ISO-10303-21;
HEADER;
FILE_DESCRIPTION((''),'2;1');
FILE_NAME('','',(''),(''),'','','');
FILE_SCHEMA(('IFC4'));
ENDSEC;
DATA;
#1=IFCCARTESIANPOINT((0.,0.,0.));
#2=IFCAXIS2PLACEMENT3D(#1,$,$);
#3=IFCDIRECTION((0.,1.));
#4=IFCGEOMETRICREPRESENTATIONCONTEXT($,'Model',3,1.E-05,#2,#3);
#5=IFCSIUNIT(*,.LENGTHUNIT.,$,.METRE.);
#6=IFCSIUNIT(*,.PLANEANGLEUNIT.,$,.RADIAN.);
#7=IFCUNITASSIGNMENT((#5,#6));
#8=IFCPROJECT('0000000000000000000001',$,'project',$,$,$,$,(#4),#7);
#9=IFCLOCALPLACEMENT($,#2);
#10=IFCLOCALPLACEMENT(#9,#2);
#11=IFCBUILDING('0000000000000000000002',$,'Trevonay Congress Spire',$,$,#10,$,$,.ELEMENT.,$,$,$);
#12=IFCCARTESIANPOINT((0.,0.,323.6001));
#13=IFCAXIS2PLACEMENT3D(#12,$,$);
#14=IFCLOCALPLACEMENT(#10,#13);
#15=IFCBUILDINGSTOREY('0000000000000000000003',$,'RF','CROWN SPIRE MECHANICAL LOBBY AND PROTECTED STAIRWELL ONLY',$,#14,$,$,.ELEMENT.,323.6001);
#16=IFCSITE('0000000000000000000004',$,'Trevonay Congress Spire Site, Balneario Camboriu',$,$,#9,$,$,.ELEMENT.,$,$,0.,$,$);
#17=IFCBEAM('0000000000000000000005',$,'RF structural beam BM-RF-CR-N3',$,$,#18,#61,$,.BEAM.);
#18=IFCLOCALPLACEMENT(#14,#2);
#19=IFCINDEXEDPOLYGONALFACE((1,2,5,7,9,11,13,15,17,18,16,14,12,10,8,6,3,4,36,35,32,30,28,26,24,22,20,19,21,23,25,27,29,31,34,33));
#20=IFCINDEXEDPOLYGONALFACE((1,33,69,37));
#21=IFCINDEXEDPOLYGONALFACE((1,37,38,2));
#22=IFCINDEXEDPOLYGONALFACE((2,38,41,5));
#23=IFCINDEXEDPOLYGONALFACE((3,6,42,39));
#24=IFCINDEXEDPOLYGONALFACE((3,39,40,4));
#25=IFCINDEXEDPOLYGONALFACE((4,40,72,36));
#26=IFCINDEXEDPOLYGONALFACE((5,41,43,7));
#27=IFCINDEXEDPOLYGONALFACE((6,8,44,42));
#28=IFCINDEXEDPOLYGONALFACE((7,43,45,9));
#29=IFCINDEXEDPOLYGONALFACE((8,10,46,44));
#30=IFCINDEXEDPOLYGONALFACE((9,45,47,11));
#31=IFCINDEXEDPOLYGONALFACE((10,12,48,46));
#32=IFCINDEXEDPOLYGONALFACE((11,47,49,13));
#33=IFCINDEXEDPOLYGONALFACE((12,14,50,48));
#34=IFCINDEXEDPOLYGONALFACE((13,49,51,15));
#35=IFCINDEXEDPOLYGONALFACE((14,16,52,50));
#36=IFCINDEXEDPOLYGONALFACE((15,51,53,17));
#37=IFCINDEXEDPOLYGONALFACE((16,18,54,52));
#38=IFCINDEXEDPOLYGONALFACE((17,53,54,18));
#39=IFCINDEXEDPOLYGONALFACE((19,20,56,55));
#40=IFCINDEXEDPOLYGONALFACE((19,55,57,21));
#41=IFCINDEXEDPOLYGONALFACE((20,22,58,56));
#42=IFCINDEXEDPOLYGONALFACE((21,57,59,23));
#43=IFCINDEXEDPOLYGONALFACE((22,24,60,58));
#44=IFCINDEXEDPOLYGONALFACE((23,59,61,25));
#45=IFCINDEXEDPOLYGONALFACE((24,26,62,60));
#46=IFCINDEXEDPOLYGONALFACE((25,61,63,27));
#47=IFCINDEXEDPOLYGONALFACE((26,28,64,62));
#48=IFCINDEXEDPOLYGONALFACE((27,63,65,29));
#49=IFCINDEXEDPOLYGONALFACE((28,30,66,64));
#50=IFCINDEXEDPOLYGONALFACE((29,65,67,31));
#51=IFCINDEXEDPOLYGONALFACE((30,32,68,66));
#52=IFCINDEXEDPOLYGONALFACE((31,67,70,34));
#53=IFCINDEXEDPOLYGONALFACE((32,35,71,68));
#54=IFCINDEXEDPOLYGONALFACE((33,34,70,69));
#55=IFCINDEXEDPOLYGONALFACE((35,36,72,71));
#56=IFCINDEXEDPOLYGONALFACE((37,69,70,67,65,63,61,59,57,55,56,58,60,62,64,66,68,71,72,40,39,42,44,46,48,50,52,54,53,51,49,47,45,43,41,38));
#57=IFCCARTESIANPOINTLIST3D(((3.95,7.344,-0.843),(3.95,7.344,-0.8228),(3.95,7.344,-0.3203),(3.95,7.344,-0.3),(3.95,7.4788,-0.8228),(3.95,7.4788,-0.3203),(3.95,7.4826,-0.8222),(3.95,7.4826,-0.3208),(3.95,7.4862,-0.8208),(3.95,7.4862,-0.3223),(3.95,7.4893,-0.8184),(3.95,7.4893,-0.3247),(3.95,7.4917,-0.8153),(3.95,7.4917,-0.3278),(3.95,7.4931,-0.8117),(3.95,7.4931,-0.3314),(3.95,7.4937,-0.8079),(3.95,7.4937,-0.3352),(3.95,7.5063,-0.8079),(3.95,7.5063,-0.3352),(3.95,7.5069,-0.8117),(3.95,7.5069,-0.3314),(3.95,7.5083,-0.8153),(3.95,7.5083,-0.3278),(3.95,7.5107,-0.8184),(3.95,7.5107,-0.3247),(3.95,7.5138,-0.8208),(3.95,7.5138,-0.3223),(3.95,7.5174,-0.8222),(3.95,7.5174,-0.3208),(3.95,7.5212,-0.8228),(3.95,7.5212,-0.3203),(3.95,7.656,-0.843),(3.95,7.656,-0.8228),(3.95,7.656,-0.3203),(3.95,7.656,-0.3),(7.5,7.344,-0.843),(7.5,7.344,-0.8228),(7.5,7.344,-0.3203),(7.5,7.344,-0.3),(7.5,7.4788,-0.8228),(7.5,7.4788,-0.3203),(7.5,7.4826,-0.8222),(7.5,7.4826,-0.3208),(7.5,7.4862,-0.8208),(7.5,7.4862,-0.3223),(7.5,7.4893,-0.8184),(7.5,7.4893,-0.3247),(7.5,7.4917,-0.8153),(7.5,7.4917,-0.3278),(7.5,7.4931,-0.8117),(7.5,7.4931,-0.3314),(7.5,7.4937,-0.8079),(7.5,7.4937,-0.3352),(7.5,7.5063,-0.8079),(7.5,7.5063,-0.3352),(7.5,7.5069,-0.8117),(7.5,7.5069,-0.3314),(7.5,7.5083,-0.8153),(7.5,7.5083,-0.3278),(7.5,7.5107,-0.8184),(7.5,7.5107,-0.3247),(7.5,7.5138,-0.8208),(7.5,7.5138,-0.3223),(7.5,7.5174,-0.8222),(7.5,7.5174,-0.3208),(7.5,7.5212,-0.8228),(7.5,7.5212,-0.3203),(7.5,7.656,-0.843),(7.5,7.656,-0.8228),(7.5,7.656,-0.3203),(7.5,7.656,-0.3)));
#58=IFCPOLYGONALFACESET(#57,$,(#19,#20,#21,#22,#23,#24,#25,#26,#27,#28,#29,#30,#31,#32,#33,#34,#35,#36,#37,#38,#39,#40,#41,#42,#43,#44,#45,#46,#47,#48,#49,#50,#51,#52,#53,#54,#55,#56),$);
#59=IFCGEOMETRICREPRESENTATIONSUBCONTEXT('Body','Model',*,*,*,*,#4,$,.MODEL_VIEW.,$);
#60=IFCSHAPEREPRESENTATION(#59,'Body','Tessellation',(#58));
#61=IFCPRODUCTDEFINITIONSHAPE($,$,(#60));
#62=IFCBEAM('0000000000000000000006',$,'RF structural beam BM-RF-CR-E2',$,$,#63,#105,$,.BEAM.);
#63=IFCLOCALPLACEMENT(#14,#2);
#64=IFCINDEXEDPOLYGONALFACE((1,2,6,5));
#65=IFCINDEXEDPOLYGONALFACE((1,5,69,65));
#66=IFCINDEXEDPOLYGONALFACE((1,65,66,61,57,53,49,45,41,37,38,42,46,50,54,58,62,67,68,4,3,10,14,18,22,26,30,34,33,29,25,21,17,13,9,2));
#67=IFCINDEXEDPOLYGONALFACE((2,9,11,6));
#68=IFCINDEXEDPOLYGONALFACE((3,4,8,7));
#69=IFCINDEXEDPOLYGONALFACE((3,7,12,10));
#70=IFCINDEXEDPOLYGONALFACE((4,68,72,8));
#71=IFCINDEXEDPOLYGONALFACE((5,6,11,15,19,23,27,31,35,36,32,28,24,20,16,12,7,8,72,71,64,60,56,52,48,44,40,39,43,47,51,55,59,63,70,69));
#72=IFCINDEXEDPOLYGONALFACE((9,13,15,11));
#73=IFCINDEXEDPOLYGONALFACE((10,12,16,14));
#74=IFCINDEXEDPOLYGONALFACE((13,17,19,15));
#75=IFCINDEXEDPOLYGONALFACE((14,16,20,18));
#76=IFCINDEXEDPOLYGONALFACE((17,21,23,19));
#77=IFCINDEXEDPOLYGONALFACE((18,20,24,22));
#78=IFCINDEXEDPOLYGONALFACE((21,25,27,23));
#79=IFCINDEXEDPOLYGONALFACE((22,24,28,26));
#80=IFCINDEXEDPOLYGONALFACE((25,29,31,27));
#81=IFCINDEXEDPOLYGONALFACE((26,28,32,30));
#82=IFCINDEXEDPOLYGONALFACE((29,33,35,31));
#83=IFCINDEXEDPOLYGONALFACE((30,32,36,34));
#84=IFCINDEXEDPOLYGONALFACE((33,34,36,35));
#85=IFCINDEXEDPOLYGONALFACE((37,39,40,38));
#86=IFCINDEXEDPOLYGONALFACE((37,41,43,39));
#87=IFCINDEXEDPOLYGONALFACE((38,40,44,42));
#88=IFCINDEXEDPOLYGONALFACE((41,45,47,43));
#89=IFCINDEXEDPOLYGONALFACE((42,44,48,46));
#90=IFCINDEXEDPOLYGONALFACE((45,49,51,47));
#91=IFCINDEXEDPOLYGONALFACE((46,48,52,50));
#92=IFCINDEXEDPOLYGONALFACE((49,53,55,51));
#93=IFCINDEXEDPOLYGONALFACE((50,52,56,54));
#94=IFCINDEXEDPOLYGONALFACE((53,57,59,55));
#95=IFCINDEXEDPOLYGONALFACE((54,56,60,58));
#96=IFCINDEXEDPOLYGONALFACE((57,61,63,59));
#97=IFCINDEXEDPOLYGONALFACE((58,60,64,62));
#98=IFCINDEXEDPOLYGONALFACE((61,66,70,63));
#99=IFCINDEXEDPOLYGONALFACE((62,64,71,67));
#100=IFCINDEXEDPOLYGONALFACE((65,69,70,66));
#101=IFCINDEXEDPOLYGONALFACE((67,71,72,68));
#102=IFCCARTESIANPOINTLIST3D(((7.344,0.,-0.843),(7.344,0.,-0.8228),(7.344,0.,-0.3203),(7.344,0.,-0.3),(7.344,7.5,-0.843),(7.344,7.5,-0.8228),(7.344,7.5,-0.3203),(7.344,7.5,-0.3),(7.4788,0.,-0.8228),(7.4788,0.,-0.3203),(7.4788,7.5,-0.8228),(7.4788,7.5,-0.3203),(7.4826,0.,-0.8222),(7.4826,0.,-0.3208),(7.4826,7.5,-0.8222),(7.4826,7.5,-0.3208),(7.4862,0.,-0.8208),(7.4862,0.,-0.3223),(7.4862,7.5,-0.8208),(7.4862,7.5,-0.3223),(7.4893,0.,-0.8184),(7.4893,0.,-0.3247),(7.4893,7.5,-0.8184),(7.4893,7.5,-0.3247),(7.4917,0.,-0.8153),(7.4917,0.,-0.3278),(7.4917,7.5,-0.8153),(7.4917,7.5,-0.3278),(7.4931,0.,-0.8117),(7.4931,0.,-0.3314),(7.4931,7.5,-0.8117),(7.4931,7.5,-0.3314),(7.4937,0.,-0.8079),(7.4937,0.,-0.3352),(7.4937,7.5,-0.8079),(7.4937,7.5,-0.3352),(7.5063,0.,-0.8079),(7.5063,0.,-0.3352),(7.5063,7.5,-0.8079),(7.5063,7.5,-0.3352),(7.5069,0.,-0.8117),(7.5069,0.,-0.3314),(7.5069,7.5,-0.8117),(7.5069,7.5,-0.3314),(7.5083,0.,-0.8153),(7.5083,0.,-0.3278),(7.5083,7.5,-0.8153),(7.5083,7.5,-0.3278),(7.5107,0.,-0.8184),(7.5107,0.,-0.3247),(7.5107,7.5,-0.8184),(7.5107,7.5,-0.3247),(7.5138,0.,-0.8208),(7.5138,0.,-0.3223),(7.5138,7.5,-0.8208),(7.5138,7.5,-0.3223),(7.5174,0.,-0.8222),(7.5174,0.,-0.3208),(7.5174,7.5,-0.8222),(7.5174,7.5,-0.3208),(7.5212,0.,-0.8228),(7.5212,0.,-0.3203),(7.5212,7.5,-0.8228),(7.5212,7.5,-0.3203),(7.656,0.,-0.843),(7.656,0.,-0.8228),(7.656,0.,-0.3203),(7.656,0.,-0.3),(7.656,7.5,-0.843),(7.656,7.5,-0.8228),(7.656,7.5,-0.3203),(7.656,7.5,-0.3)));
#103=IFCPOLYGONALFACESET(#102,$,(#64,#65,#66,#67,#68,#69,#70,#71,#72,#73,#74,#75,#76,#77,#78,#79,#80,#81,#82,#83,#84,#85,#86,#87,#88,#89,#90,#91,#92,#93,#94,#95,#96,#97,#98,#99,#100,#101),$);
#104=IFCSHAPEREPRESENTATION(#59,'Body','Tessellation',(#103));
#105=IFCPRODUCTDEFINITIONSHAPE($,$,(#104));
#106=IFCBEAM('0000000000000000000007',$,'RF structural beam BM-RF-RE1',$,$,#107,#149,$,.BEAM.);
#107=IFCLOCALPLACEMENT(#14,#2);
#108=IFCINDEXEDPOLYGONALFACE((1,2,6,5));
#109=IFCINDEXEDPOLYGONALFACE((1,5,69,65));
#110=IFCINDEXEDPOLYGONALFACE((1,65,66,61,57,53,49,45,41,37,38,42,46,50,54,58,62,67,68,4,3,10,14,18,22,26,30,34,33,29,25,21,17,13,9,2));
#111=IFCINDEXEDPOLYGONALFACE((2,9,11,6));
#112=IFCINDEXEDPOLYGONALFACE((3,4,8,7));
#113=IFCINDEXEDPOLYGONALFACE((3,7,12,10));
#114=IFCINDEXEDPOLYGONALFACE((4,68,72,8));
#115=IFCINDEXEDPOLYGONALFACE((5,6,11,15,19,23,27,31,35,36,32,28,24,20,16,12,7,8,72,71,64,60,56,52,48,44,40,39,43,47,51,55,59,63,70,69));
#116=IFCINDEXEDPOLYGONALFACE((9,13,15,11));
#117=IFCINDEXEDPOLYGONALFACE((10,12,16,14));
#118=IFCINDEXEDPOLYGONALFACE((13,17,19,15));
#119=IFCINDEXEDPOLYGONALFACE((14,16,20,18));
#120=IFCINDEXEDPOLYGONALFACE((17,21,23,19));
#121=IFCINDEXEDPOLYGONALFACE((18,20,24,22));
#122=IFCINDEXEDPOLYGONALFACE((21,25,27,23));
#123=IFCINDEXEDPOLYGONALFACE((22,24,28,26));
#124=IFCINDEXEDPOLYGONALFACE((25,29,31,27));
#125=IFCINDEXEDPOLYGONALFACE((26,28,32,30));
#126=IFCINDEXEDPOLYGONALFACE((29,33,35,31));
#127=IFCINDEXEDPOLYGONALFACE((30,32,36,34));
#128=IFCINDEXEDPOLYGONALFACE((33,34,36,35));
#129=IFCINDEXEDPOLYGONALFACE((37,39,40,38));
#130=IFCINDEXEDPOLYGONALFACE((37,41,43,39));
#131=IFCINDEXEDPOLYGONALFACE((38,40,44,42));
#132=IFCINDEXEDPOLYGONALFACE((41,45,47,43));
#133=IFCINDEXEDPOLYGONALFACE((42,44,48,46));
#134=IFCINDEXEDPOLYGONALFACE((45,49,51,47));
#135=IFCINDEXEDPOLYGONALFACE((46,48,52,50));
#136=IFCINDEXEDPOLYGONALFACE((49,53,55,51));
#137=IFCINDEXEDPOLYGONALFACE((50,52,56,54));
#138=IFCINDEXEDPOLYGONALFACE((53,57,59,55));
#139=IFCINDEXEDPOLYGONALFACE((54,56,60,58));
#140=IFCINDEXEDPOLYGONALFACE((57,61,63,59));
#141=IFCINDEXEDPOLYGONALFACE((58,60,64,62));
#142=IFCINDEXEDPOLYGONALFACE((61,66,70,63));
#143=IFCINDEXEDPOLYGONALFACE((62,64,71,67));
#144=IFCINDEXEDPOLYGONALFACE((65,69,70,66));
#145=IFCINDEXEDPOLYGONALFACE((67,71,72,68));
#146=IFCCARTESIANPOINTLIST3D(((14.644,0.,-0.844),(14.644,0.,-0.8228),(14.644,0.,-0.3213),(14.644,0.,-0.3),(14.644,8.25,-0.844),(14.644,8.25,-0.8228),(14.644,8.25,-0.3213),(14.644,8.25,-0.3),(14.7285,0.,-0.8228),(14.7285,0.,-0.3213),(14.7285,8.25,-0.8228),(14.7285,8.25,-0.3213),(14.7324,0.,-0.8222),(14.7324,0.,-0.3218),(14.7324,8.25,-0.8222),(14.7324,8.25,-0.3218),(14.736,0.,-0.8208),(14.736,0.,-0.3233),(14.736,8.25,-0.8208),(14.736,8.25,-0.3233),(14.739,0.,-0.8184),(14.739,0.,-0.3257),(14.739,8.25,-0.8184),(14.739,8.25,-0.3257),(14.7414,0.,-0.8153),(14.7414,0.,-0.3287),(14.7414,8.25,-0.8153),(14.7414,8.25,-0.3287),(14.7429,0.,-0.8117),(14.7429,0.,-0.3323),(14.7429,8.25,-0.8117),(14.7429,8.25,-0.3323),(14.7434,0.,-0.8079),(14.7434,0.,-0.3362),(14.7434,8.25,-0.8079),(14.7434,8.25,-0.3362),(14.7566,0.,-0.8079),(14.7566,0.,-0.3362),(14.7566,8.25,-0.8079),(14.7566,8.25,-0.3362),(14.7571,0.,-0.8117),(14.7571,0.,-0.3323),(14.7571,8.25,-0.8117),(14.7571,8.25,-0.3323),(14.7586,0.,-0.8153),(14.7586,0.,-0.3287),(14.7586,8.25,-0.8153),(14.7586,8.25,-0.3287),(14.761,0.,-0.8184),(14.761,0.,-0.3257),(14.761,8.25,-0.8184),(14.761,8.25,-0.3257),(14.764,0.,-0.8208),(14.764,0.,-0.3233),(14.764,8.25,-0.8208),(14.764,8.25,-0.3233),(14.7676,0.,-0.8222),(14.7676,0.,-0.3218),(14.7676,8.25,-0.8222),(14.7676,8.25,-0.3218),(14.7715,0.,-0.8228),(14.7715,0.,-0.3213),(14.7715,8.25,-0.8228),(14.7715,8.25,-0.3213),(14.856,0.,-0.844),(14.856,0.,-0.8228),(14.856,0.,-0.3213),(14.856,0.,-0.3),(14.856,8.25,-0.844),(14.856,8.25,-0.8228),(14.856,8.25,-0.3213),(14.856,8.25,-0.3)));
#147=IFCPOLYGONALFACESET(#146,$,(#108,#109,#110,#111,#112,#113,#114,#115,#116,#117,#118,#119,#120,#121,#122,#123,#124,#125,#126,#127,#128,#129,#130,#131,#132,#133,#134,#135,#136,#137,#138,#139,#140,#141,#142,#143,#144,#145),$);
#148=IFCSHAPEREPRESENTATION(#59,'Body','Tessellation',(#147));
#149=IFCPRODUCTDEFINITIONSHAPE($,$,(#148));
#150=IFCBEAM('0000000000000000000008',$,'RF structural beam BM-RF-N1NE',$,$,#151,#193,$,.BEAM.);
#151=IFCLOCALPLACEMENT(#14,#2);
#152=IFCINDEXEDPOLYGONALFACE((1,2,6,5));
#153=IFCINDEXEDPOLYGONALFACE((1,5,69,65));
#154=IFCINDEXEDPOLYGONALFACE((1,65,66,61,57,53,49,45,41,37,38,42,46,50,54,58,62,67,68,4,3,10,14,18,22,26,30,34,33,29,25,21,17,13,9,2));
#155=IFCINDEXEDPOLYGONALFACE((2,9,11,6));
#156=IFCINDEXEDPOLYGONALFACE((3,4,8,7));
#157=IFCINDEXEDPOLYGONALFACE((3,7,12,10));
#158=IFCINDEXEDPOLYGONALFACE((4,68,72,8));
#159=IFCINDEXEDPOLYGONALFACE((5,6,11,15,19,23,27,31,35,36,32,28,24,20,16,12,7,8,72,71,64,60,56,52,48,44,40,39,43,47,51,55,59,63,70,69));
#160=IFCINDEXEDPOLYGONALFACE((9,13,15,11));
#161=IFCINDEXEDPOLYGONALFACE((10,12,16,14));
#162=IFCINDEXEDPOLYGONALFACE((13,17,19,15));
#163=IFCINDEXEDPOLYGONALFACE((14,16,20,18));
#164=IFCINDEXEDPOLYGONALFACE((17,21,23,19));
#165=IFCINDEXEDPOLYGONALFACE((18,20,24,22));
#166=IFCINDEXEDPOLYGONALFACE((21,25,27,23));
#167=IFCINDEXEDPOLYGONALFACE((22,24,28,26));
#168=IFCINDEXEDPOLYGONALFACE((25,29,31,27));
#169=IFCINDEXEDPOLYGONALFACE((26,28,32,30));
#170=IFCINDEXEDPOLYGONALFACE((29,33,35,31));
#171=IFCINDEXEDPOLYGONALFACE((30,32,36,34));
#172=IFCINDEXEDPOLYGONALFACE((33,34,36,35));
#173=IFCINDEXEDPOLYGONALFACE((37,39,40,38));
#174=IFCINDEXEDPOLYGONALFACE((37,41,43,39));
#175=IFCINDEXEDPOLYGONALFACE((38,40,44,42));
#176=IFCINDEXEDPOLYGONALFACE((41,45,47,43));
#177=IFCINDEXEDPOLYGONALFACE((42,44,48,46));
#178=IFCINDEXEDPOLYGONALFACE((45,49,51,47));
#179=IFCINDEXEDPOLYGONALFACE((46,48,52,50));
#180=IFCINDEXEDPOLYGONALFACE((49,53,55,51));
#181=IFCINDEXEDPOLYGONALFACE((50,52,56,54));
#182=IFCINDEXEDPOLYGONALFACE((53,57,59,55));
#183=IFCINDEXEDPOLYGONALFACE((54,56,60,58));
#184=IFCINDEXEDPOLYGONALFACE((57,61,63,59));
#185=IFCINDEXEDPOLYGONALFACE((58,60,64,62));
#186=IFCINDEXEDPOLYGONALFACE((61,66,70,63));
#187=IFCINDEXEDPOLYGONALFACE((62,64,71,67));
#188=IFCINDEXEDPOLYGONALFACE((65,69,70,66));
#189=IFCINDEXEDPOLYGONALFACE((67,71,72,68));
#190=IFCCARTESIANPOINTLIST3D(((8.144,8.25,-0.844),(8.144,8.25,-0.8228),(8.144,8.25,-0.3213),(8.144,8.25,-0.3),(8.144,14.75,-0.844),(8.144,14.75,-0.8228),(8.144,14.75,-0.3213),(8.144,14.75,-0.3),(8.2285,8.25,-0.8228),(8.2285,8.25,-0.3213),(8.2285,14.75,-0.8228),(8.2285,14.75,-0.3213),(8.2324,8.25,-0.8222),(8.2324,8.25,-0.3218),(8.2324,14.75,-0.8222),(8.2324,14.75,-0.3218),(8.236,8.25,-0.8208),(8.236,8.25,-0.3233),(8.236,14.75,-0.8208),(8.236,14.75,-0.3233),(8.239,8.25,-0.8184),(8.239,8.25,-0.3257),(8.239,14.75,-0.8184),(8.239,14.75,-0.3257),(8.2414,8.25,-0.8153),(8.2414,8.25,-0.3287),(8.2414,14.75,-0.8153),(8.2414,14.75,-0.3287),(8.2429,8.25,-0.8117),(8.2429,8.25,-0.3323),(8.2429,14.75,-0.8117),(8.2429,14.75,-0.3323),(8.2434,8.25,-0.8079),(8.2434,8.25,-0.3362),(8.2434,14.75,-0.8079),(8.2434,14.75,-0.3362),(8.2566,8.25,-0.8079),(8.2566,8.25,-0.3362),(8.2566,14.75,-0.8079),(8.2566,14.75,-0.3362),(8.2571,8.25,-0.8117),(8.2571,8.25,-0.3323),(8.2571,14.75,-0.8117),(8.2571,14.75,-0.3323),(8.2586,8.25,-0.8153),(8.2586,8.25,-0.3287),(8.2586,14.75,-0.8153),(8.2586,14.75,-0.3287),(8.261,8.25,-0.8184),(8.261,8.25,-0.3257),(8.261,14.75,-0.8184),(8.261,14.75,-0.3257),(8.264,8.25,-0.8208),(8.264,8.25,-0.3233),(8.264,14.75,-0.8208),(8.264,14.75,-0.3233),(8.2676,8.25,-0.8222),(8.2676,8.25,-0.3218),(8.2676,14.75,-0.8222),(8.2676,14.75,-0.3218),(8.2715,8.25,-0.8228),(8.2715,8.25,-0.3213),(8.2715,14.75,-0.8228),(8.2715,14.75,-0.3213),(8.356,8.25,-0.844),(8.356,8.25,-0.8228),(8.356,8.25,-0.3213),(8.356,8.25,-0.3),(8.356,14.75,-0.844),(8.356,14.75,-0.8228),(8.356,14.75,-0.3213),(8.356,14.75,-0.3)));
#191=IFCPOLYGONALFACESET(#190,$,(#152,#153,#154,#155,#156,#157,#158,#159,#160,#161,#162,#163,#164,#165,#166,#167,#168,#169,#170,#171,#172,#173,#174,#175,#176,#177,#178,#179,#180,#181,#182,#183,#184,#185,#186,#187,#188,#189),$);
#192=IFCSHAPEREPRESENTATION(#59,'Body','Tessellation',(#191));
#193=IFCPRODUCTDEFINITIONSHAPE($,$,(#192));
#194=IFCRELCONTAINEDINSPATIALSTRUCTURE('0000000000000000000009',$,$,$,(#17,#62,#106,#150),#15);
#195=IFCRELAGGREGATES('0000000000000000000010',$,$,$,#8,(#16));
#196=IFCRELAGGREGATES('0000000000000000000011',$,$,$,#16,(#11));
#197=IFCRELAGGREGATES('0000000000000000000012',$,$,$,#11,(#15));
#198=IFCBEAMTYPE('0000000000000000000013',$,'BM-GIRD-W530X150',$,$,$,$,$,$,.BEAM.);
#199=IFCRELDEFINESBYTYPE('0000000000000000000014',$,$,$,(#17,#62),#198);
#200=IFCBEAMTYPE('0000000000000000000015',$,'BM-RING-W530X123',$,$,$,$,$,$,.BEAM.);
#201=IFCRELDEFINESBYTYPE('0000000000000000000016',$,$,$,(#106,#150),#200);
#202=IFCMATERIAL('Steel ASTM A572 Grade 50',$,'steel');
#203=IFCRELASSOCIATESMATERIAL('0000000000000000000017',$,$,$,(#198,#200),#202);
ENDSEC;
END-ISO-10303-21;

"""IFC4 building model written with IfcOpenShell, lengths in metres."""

from ifc_helpers import new_model, si_unit, direction, frame, origin, origin_2d, place, context, subcontext, project, spatial, i_section, extrude, material, material_profile, profile_set, type_object, element, save


model = new_model("IFC4")

# Units and contexts
model_context = context("Model", 3, precision=1e-05, world=origin(), true_north=direction((0.0, 1.0)))
body_context = subcontext(model_context, "Body", "Model", "MODEL_VIEW")
ifc_project = project(units=[si_unit("LENGTHUNIT", "METRE"), si_unit("PLANEANGLEUNIT", "RADIAN")], contexts=[model_context])

# Site, building, storey
site_placement = place(None, origin())
site = spatial("IfcSite", under=ifc_project, at=site_placement, Name="Trevonay Congress Spire Site, Balneario Camboriu", CompositionType="ELEMENT", RefElevation=0.0)
building_placement = place(site_placement, origin())
building = spatial("IfcBuilding", under=site, at=building_placement, Name="Trevonay Congress Spire", CompositionType="ELEMENT")
storey_placement = place(building_placement, frame((0.0, 0.0, 323.6001)))
storey = spatial("IfcBuildingStorey", under=building, at=storey_placement, Name="RF", Description="CROWN SPIRE MECHANICAL LOBBY AND PROTECTED STAIRWELL ONLY", CompositionType="ELEMENT", Elevation=323.6001)

# Shared definitions
ifc_material_1 = material(Name="Steel ASTM A572 Grade 50", Category="steel")

# Beams
ifc_material_profile_1 = material_profile(ifc_material_1, i_section(OverallWidth=0.312, OverallDepth=0.543, WebThickness=0.0127, FlangeThickness=0.0203, FilletRadius=0.0149, at=origin_2d()), Name="W530x150")
ifc_profile_set_1 = profile_set([ifc_material_profile_1], Name="Steel ASTM A572 Grade 50")
beam_type_1 = type_object("IfcBeamType", Name="BM-GIRD-W530X150", PredefinedType="BEAM", material=ifc_profile_set_1)
beam_1_placement = place(storey_placement, frame((3.95, 7.5, -0.5715), z_axis=(1.0, 0.0, 0.0), x_axis=(0.0, 1.0, 0.0)))
element("IfcBeam", 1, at=beam_1_placement, inside=storey, type_object=beam_type_1, Name="RF structural beam BM-RF-CR-N3", PredefinedType="BEAM", context=body_context, shape_type="SweptSolid", body=[
    extrude(i_section(OverallWidth=0.312, OverallDepth=0.543, WebThickness=0.0127, FlangeThickness=0.0203, FilletRadius=0.0149, at=origin_2d()), origin(), (0.0, 0.0, 1.0), 3.55),
])
beam_2_placement = place(storey_placement, frame((7.5, 0.0, -0.5715), z_axis=(0.0, 1.0, 0.0), x_axis=(-1.0, 0.0, 0.0)))
element("IfcBeam", 2, at=beam_2_placement, inside=storey, type_object=beam_type_1, Name="RF structural beam BM-RF-CR-E2", PredefinedType="BEAM", context=body_context, shape_type="SweptSolid", body=[
    extrude(i_section(OverallWidth=0.312, OverallDepth=0.543, WebThickness=0.0127, FlangeThickness=0.0203, FilletRadius=0.0149, at=origin_2d()), origin(), (0.0, 0.0, 1.0), 7.5),
])
ifc_material_profile_2 = material_profile(ifc_material_1, i_section(OverallWidth=0.2119, OverallDepth=0.5439, WebThickness=0.0132, FlangeThickness=0.0212, FilletRadius=0.0149, at=origin_2d()), Name="W530x123")
ifc_profile_set_2 = profile_set([ifc_material_profile_2], Name="Steel ASTM A572 Grade 50")
beam_type_2 = type_object("IfcBeamType", Name="BM-RING-W530X123", PredefinedType="BEAM", material=ifc_profile_set_2)
beam_3_placement = place(storey_placement, frame((14.75, 0.0, -0.572), z_axis=(0.0, 1.0, 0.0), x_axis=(-1.0, 0.0, 0.0)))
element("IfcBeam", 3, at=beam_3_placement, inside=storey, type_object=beam_type_2, Name="RF structural beam BM-RF-RE1", PredefinedType="BEAM", context=body_context, shape_type="SweptSolid", body=[
    extrude(i_section(OverallWidth=0.2119, OverallDepth=0.5439, WebThickness=0.0132, FlangeThickness=0.0212, FilletRadius=0.0149, at=origin_2d()), origin(), (0.0, 0.0, 1.0), 8.25),
])
for number, where, z_axis, x_axis, name in (
    (4, (8.25, 14.75, -0.572), (0.0, -1.0, 0.0), (1.0, 0.0, 0.0), "RF structural beam BM-RF-N1NE"),
):
    element("IfcBeam", number, at=place(storey_placement, frame(where, z_axis=z_axis, x_axis=x_axis)), inside=storey, type_object=beam_type_2, Name=name, PredefinedType="BEAM", context=body_context, shape_type="SweptSolid", body=[
        extrude(i_section(OverallWidth=0.2119, OverallDepth=0.5439, WebThickness=0.0132, FlangeThickness=0.0212, FilletRadius=0.0149, at=origin_2d()), origin(), (0.0, 0.0, 1.0), 6.5),
    ])

save(model, "model.ifc")
